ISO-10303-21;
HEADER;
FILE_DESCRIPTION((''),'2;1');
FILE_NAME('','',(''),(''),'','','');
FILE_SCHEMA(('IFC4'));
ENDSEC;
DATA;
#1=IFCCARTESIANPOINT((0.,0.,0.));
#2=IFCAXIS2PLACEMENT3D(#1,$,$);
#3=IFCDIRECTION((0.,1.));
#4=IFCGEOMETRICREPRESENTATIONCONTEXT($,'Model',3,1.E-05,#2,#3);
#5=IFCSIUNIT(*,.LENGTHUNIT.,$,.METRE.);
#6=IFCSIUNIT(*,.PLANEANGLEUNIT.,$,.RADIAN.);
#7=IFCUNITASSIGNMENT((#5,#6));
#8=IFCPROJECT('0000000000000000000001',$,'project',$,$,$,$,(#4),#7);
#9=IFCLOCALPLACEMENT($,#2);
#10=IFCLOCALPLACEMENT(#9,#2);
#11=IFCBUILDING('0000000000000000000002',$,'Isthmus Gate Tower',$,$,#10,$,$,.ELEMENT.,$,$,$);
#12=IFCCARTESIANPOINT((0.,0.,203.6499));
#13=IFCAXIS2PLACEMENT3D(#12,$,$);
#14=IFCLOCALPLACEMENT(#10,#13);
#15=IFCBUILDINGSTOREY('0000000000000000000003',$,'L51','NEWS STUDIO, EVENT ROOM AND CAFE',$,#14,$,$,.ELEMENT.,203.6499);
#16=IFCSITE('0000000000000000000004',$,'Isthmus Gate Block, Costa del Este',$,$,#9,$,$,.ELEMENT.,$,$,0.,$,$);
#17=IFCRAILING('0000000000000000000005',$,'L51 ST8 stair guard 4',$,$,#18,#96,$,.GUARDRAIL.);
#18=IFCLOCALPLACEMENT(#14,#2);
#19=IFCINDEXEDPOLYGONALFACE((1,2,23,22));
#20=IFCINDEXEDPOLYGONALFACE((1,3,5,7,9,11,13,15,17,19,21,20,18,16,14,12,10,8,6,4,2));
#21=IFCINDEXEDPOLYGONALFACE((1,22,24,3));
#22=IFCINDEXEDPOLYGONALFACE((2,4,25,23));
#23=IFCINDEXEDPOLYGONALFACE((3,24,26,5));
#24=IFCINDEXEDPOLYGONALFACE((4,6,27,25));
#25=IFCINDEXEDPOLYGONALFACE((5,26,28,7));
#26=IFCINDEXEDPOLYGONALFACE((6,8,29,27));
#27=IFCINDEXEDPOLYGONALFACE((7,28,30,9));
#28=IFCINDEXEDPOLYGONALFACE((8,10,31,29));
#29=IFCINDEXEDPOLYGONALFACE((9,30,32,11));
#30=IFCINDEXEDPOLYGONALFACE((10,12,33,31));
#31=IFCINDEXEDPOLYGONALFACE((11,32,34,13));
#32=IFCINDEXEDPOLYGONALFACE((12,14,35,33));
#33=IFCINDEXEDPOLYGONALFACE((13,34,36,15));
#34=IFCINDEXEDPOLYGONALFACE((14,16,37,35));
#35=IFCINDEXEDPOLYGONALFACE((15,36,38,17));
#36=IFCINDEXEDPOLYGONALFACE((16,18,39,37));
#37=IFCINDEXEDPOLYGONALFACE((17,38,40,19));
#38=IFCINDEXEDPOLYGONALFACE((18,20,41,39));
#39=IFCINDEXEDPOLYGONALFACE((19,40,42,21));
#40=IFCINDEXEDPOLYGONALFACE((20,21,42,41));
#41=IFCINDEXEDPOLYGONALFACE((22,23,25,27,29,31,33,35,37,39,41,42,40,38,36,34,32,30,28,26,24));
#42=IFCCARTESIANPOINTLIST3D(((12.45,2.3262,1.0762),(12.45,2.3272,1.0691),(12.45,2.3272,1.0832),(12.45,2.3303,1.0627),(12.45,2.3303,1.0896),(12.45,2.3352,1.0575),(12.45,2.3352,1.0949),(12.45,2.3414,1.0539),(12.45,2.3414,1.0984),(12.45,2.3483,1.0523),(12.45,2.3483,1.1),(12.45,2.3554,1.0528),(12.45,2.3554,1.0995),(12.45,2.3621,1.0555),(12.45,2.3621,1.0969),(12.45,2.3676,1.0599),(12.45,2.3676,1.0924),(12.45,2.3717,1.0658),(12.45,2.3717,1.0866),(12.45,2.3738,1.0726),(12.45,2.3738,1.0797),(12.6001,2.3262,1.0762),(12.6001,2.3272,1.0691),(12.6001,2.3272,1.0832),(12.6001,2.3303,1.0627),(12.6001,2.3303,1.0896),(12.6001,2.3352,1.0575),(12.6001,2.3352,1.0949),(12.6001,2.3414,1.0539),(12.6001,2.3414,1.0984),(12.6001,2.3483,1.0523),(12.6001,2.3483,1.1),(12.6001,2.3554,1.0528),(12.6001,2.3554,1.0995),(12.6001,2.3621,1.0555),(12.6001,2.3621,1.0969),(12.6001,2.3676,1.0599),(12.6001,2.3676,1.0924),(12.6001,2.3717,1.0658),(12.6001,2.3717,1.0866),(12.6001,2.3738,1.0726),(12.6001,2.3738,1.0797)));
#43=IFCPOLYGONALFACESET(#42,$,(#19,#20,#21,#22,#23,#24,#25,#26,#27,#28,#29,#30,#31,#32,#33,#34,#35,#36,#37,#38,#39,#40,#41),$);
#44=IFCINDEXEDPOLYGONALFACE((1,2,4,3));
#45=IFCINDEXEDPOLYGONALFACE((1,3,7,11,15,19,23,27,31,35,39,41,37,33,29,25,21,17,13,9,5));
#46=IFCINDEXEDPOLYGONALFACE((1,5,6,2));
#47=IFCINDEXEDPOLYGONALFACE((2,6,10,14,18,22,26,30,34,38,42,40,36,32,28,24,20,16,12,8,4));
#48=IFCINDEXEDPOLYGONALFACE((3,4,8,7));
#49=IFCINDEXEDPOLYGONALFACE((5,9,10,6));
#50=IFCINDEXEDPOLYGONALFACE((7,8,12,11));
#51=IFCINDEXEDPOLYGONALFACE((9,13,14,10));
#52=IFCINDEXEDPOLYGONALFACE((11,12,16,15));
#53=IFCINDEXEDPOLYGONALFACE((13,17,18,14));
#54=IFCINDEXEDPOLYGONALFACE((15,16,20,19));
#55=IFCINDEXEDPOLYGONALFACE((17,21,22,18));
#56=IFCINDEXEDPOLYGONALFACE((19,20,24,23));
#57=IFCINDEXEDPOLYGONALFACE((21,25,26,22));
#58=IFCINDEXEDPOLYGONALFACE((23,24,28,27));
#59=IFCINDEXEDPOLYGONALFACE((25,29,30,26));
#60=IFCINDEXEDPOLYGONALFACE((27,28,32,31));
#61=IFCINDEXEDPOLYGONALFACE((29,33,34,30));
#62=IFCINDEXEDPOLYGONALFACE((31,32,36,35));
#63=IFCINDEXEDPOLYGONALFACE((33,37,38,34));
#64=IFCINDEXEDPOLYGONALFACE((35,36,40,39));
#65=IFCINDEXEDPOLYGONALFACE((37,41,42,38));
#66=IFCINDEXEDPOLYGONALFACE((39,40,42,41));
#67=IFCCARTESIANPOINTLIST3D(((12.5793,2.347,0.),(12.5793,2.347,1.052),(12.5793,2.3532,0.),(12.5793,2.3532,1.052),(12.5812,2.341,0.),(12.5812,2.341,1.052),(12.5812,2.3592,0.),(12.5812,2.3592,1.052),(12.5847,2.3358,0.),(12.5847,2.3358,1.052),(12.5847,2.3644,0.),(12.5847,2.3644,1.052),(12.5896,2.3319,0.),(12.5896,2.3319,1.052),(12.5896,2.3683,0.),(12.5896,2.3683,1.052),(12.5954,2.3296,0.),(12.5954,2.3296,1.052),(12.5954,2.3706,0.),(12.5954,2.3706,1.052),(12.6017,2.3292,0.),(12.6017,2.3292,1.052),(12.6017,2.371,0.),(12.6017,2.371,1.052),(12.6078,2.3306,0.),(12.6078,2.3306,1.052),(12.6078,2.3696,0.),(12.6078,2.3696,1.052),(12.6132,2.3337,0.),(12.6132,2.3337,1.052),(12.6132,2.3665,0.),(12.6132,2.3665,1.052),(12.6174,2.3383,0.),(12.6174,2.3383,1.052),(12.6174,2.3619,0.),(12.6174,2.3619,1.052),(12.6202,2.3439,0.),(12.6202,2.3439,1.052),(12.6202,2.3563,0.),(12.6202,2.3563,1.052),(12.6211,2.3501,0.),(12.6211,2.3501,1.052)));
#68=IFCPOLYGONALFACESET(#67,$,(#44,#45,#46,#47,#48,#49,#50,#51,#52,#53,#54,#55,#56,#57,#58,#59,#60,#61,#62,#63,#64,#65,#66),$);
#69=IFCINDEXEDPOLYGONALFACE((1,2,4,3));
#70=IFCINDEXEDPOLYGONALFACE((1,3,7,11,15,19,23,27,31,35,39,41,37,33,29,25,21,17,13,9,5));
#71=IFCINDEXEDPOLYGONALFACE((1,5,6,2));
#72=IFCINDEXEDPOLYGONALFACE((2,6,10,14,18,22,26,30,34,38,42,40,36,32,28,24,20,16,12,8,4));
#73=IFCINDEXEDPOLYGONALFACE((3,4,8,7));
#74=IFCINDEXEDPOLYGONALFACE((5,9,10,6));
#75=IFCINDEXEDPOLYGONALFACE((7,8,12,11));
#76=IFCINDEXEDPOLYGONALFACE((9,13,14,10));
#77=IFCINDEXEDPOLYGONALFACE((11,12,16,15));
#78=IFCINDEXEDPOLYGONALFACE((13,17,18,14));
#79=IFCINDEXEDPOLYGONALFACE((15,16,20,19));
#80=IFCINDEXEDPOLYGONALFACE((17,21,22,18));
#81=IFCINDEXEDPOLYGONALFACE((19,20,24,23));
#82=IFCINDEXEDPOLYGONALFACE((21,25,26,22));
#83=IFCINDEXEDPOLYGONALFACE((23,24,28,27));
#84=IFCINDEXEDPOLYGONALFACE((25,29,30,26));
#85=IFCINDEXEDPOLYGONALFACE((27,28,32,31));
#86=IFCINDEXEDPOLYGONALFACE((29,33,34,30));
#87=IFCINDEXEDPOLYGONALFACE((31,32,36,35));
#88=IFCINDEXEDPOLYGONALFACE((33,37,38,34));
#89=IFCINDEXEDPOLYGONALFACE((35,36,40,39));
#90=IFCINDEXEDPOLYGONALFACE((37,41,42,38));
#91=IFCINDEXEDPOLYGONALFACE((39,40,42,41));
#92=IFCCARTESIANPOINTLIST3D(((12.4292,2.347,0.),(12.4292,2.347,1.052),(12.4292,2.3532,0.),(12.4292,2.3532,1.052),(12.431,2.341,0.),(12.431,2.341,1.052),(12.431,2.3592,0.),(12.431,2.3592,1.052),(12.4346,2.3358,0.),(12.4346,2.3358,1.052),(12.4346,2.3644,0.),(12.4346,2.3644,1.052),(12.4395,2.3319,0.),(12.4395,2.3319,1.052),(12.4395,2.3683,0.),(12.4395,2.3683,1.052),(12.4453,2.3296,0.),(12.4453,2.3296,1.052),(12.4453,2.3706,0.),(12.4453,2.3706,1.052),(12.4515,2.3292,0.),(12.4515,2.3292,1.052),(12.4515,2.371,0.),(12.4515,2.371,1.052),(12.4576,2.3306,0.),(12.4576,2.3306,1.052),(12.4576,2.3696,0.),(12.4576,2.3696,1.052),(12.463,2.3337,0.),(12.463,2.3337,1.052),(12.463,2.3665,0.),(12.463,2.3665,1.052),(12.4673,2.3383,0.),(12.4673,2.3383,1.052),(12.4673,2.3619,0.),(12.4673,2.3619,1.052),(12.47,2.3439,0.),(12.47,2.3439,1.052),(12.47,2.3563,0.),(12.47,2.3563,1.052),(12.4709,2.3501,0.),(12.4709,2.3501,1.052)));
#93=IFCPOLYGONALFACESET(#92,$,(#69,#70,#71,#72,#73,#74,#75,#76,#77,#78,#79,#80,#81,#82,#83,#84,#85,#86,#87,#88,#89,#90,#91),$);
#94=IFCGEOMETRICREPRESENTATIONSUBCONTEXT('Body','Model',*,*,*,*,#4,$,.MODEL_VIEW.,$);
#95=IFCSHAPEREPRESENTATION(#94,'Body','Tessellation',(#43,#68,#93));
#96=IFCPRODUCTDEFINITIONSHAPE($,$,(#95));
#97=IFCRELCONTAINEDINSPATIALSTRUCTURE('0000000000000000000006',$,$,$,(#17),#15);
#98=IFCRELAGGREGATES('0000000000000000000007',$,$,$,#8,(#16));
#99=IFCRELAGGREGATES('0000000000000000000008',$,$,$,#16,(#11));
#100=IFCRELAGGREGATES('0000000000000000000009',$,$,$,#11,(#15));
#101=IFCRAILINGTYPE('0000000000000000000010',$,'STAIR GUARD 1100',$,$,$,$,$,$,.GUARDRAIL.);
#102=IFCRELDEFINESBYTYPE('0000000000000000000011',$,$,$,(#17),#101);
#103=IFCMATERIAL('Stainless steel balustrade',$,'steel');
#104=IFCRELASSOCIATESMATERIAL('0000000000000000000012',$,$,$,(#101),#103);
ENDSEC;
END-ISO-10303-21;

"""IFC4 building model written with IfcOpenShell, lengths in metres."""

from ifc_helpers import new_model, si_unit, direction, frame, origin, origin_2d, place, context, subcontext, project, spatial, circle, extrude, material, type_object, element, save


model = new_model("IFC4")

# Units and contexts
model_context = context("Model", 3, precision=1e-05, world=origin(), true_north=direction((0.0, 1.0)))
body_context = subcontext(model_context, "Body", "Model", "MODEL_VIEW")
ifc_project = project(units=[si_unit("LENGTHUNIT", "METRE"), si_unit("PLANEANGLEUNIT", "RADIAN")], contexts=[model_context])

# Site, building, storey
site_placement = place(None, origin())
site = spatial("IfcSite", under=ifc_project, at=site_placement, Name="Isthmus Gate Block, Costa del Este", CompositionType="ELEMENT", RefElevation=0.0)
building_placement = place(site_placement, origin())
building = spatial("IfcBuilding", under=site, at=building_placement, Name="Isthmus Gate Tower", CompositionType="ELEMENT")
storey_placement = place(building_placement, frame((0.0, 0.0, 203.6499)))
storey = spatial("IfcBuildingStorey", under=building, at=storey_placement, Name="L51", Description="NEWS STUDIO, EVENT ROOM AND CAFE", CompositionType="ELEMENT", Elevation=203.6499)

# Railing
ifc_material_1 = material(Name="Stainless steel balustrade", Category="steel")
railing_type_1 = type_object("IfcRailingType", Name="STAIR GUARD 1100", PredefinedType="GUARDRAIL", material=ifc_material_1)
railing_1_placement = place(storey_placement, frame((12.6001, 2.3501, 0.0)))
element("IfcRailing", 1, at=railing_1_placement, inside=storey, type_object=railing_type_1, Name="L51 ST8 stair guard 4", PredefinedType="GUARDRAIL", context=body_context, shape_type="SweptSolid", body=[
    extrude(circle(Radius=0.0239, at=origin_2d()), frame((0.0, 0.0, 1.0762), z_axis=(-1.0, 0.0, 0.0), x_axis=(0.0, -1.0, 0.0)), (0.0, 0.0, 1.0), 0.1501),
    extrude(circle(Radius=0.021, at=origin_2d()), origin(), (0.0, 0.0, 1.0), 1.052),
    extrude(circle(Radius=0.021, at=origin_2d()), frame((-0.1501, 0.0, 0.0)), (0.0, 0.0, 1.0), 1.052),
])

save(model, "model.ifc")
